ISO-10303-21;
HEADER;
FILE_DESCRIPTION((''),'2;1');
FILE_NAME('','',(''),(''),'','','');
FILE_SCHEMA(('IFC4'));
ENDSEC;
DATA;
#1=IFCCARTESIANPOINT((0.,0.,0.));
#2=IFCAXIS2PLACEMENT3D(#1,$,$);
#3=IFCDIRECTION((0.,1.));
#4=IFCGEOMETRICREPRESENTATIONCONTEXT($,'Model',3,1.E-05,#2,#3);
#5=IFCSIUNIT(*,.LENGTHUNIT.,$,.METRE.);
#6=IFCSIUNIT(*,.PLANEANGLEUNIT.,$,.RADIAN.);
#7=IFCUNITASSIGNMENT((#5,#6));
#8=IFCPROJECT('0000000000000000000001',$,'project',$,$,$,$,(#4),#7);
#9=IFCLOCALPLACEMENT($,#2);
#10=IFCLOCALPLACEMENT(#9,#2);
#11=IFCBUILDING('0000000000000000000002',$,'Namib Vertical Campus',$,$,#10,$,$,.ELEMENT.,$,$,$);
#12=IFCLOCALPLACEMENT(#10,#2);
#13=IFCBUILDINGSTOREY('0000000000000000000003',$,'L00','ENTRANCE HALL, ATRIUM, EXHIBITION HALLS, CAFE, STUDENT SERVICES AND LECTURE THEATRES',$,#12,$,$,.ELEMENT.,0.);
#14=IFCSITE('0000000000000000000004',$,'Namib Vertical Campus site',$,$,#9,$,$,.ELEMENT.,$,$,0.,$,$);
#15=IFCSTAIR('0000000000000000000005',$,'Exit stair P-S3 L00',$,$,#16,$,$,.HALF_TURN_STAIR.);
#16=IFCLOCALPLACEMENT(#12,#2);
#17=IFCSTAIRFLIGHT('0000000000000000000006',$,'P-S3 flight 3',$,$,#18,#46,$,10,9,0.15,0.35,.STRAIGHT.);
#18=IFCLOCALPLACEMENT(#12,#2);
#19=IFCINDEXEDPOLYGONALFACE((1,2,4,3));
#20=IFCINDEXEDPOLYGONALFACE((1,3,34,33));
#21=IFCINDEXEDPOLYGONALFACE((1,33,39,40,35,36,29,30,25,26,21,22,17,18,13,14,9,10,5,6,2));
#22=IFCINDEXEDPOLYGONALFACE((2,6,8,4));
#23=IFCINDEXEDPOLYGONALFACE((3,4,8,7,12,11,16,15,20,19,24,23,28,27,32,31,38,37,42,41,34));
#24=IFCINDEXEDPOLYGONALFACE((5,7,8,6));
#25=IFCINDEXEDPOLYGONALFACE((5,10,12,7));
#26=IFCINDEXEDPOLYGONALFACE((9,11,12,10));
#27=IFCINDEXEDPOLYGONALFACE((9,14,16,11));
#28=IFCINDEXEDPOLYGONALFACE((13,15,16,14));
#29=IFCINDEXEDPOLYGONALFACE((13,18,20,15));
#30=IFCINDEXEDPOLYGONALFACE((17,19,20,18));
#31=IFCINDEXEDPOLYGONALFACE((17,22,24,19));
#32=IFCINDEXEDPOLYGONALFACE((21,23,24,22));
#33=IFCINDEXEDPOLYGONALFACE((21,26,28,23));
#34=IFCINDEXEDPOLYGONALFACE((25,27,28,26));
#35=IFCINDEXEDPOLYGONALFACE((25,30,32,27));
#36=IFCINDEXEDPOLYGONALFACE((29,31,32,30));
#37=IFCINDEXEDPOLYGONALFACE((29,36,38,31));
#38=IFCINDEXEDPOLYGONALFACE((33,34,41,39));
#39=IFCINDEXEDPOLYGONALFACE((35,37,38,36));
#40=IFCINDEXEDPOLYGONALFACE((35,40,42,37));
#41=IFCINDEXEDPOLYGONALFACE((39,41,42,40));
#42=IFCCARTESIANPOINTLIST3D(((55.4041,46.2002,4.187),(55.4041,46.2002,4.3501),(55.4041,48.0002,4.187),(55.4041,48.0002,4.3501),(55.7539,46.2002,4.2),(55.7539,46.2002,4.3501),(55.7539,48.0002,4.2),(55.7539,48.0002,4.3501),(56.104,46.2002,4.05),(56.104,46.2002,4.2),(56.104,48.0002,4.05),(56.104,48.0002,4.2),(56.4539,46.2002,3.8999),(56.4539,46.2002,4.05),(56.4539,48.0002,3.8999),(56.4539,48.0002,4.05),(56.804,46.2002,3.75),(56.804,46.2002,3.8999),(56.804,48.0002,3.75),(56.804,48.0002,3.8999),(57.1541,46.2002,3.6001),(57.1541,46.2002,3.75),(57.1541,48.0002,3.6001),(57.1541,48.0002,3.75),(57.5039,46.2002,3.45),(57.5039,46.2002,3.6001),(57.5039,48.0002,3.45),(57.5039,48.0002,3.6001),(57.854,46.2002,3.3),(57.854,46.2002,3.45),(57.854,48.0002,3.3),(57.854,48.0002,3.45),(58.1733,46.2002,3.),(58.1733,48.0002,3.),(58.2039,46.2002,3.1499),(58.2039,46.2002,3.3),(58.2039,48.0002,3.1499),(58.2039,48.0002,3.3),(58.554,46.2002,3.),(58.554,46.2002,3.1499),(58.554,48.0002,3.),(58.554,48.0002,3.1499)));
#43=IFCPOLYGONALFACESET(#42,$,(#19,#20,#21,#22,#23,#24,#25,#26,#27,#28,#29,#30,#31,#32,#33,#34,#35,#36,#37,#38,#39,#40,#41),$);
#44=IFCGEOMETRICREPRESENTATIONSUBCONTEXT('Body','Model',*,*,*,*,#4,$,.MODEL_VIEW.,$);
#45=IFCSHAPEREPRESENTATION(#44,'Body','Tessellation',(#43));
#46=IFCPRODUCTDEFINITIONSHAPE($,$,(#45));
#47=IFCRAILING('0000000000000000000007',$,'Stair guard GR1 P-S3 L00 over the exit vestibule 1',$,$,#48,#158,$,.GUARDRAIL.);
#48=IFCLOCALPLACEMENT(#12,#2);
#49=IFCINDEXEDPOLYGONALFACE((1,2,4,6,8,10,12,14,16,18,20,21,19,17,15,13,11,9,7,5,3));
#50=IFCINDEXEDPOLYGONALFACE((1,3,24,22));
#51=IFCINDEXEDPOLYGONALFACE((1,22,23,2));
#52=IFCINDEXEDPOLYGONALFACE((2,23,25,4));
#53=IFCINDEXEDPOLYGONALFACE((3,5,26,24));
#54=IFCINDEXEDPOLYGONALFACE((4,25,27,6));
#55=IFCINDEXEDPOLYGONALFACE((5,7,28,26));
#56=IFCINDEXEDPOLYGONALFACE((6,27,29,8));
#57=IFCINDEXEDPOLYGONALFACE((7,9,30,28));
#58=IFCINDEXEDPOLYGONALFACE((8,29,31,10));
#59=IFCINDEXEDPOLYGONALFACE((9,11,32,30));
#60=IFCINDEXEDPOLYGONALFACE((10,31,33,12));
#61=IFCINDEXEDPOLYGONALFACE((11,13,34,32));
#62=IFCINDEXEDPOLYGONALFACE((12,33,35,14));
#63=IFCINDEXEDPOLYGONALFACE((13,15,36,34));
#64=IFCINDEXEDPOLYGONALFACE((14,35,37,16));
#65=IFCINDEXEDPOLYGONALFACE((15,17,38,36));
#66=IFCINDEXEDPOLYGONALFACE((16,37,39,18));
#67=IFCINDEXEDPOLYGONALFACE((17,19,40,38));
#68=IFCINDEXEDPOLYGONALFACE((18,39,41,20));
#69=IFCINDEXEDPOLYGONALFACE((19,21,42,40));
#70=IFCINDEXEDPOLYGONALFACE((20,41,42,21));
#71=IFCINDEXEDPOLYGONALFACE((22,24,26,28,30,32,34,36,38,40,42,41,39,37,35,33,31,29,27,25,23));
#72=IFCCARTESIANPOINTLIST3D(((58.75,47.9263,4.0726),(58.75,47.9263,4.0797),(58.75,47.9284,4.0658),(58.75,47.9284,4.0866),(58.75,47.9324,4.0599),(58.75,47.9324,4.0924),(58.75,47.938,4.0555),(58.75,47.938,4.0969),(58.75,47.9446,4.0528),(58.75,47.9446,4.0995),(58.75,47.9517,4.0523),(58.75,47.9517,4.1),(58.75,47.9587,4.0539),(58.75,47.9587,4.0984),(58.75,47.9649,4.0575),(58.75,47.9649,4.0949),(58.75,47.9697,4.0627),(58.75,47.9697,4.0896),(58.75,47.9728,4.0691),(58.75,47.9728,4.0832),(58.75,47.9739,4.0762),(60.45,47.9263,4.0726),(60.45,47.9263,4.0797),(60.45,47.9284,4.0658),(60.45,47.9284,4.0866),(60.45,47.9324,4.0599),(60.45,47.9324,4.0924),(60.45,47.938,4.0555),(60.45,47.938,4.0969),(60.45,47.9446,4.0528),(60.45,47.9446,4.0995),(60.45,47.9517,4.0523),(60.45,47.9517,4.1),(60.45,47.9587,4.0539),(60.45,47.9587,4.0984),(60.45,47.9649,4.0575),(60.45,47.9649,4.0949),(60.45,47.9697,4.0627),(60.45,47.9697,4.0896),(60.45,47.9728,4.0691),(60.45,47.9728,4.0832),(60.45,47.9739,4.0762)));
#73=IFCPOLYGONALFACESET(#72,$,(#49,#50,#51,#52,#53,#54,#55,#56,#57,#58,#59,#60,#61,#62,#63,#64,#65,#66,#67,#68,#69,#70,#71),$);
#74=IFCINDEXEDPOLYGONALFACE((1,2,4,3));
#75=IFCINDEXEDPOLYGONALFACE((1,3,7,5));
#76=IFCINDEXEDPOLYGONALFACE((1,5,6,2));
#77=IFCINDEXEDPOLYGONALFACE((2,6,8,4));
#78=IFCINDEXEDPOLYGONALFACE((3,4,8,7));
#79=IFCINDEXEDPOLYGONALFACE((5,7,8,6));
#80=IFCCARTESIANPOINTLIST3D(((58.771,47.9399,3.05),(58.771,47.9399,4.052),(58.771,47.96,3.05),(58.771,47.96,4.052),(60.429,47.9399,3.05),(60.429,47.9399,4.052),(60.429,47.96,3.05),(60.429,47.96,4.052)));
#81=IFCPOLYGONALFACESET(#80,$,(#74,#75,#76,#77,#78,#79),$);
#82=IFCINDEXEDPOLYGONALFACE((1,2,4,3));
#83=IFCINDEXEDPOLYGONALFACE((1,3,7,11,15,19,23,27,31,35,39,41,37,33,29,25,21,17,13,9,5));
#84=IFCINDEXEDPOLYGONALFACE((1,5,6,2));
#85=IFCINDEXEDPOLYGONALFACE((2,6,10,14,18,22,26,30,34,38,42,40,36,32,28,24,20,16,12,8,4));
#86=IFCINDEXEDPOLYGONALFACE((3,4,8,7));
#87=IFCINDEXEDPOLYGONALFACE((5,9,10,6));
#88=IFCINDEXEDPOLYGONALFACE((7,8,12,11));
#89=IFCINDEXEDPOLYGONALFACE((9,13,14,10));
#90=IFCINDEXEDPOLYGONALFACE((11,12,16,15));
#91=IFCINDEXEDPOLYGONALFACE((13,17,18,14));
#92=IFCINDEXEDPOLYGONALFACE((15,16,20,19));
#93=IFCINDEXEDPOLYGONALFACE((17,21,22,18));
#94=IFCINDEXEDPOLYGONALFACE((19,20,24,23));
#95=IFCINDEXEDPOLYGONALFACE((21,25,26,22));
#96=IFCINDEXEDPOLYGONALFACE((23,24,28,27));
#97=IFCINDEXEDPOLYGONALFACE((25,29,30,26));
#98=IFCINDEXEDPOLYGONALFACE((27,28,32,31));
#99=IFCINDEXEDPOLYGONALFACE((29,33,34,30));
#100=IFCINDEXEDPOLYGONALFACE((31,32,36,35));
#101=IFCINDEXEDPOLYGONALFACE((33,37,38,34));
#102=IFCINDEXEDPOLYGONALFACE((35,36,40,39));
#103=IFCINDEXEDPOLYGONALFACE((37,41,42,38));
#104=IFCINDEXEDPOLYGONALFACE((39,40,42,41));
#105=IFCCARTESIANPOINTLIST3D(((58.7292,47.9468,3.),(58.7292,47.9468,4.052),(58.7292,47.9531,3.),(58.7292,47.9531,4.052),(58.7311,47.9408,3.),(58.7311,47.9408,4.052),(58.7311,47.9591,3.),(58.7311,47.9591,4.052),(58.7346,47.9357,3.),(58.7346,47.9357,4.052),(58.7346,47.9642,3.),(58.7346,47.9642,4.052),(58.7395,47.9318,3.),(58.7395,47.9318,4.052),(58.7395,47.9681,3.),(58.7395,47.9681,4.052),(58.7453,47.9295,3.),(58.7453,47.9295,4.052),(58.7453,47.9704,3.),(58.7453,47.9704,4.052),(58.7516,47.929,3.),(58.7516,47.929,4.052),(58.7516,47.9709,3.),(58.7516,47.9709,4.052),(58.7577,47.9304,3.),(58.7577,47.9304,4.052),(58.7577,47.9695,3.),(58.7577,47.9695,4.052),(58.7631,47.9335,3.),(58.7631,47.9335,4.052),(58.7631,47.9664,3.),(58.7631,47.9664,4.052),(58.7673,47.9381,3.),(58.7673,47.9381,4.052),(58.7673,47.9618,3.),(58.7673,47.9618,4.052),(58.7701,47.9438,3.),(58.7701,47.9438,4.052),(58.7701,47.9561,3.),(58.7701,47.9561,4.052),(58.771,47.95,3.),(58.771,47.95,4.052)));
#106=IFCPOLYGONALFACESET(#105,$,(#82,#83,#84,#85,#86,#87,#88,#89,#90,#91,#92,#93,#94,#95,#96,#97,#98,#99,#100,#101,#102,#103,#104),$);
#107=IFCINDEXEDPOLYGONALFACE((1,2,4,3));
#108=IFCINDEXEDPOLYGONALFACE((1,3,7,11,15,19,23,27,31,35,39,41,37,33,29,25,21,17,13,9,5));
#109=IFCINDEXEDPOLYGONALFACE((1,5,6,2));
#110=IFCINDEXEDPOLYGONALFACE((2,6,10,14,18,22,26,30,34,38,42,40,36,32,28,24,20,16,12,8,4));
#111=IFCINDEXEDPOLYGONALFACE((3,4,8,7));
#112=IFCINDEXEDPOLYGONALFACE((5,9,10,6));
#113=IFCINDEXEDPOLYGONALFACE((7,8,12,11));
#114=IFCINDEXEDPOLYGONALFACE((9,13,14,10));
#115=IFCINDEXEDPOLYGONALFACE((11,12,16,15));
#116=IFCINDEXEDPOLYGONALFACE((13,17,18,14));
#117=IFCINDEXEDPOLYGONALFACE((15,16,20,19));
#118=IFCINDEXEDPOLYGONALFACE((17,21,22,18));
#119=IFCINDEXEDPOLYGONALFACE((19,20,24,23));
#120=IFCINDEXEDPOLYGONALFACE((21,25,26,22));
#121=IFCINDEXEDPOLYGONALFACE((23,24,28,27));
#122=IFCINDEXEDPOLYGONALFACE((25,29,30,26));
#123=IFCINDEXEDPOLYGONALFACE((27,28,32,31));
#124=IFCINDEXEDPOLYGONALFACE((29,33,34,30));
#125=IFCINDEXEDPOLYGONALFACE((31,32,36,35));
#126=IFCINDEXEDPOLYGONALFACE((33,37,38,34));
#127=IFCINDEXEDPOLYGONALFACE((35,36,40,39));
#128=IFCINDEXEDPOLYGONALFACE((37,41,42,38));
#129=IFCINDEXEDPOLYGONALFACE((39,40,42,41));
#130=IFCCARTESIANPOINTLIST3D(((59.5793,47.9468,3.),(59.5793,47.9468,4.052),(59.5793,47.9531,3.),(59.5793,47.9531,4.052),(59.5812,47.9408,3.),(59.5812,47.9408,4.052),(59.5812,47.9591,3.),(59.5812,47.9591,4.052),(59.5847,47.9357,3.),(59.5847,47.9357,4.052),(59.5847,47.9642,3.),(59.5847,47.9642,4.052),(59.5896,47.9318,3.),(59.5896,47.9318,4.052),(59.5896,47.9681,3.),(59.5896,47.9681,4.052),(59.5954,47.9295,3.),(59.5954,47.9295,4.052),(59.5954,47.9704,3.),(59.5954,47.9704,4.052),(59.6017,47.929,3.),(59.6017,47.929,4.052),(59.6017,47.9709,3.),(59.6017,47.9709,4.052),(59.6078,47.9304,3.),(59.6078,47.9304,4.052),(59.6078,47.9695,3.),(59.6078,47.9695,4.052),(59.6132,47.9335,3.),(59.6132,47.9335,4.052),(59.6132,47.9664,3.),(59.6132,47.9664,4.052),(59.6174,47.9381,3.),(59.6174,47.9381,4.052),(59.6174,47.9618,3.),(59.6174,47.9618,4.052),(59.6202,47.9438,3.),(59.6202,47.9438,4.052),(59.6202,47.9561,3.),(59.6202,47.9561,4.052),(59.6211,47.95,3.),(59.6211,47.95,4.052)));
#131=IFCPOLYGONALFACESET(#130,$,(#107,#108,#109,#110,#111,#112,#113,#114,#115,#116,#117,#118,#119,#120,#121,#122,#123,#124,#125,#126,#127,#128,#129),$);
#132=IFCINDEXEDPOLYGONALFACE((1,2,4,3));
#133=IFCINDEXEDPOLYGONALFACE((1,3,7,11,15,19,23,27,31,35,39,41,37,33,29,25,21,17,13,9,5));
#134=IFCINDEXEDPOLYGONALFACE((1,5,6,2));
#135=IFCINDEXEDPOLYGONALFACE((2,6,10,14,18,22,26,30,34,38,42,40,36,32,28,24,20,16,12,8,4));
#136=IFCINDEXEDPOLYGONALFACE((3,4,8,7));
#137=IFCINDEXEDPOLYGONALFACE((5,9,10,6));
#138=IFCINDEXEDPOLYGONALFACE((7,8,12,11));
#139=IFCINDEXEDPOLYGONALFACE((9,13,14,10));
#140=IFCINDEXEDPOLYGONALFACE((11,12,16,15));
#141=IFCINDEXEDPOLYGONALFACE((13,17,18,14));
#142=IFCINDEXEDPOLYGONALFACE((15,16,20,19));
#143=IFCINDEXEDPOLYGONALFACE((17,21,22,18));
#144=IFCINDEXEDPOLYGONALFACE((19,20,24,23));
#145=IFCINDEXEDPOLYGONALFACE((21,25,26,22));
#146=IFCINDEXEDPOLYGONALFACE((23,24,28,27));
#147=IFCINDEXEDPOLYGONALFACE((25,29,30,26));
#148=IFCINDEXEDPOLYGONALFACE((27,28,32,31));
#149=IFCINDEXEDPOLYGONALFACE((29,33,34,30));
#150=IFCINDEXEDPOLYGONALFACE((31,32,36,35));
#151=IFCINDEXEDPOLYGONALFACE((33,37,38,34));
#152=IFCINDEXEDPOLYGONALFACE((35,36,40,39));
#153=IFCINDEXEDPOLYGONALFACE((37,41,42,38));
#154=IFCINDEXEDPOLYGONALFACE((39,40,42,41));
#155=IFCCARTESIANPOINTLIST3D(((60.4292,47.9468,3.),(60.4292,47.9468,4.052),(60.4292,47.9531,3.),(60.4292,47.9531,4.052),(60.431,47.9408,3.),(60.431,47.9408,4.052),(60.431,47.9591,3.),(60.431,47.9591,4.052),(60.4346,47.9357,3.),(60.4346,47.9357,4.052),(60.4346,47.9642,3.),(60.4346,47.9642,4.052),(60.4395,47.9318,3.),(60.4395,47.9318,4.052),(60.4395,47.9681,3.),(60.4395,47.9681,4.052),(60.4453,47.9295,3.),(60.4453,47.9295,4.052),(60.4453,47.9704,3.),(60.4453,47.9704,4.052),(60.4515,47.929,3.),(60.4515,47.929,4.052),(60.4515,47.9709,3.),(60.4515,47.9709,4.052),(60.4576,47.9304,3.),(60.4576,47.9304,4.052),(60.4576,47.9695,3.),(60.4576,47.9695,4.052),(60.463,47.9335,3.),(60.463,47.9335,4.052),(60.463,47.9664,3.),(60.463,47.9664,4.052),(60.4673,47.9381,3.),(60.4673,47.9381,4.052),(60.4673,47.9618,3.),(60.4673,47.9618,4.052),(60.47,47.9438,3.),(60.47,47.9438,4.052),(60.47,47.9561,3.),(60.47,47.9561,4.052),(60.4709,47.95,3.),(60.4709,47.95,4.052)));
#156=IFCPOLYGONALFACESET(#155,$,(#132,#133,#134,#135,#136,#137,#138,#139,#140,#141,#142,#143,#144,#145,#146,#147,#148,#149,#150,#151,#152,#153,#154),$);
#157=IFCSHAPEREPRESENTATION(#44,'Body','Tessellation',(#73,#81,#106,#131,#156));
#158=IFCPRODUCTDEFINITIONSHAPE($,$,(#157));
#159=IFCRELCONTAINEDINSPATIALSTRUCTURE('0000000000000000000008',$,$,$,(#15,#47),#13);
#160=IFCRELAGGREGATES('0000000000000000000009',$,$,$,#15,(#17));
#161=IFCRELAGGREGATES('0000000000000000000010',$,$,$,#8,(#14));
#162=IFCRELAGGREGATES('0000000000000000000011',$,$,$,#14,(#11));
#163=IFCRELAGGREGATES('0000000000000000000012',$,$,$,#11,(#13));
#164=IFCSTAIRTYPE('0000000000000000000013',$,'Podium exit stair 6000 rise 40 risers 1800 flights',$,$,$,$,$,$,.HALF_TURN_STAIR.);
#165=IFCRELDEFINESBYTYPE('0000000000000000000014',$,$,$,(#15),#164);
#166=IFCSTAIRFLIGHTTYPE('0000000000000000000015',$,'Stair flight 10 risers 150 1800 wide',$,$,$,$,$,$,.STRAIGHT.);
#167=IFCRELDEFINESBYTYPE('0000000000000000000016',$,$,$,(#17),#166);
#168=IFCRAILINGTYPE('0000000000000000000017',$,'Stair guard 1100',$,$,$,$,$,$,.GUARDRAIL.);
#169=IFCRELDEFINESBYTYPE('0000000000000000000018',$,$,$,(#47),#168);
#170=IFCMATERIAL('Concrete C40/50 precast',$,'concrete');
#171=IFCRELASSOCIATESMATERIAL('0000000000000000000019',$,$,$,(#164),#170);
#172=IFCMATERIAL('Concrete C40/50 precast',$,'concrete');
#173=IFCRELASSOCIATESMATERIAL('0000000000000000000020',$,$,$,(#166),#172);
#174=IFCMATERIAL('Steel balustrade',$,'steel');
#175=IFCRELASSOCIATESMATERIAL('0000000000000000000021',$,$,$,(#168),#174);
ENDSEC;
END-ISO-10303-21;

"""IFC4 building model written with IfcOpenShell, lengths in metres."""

from ifc_helpers import new_model, si_unit, direction, frame, origin, origin_2d, place, context, subcontext, project, spatial, polyline, circle, outline, extrude, material, type_object, element, aggregate, save


model = new_model("IFC4")

# Units and contexts
model_context = context("Model", 3, precision=1e-05, world=origin(), true_north=direction((0.0, 1.0)))
body_context = subcontext(model_context, "Body", "Model", "MODEL_VIEW")
ifc_project = project(units=[si_unit("LENGTHUNIT", "METRE"), si_unit("PLANEANGLEUNIT", "RADIAN")], contexts=[model_context])

# Site, building, storey
site_placement = place(None, origin())
site = spatial("IfcSite", under=ifc_project, at=site_placement, Name="Namib Vertical Campus site", CompositionType="ELEMENT", RefElevation=0.0)
building_placement = place(site_placement, origin())
building = spatial("IfcBuilding", under=site, at=building_placement, Name="Namib Vertical Campus", CompositionType="ELEMENT")
storey_placement = place(building_placement, origin())
storey = spatial("IfcBuildingStorey", under=building, at=storey_placement, Name="L00", Description="ENTRANCE HALL, ATRIUM, EXHIBITION HALLS, CAFE, STUDENT SERVICES AND LECTURE THEATRES", CompositionType="ELEMENT", Elevation=0.0)

# Stair, stair flight
ifc_material_1 = material(Name="Concrete C40/50 precast", Category="concrete")
stair_type = type_object("IfcStairType", Name="Podium exit stair 6000 rise 40 risers 1800 flights", PredefinedType="HALF_TURN_STAIR", material=ifc_material_1)
stair_placement = place(storey_placement, origin())
stair = element("IfcStair", 1, at=stair_placement, inside=storey, type_object=stair_type, Name="Exit stair P-S3 L00", PredefinedType="HALF_TURN_STAIR")
ifc_material_2 = material(Name="Concrete C40/50 precast", Category="concrete")
stair_flight_type = type_object("IfcStairFlightType", Name="Stair flight 10 risers 150 1800 wide", PredefinedType="STRAIGHT", material=ifc_material_2)
stair_flight_1_placement = place(storey_placement, frame((58.554, 47.1001, 3.0), z_axis=(0.0, 0.0, 1.0), x_axis=(-1.0, 0.0, 0.0)))
stair_flight_1 = element("IfcStairFlight", 2, at=stair_flight_1_placement, type_object=stair_flight_type, Name="P-S3 flight 3", NumberOfRisers=10, NumberOfTreads=9, PredefinedType="STRAIGHT", RiserHeight=0.15, TreadLength=0.35, context=body_context, shape_type="SweptSolid", body=[
    extrude(outline(polyline([(0.0, 0.0), (0.0, 0.1499), (0.3501, 0.1499), (0.3501, 0.3), (0.7, 0.3), (0.7, 0.45), (1.05, 0.45), (1.05, 0.6001), (1.3999, 0.6001), (1.3999, 0.75), (1.75, 0.75), (1.75, 0.8999), (2.1001, 0.8999), (2.1001, 1.05), (2.45, 1.05), (2.45, 1.2), (2.8, 1.2), (2.8, 1.3501), (3.1499, 1.3501), (3.1499, 1.5), (3.1499, 1.187), (0.3806, 0.0), (0.0, 0.0)])), frame((0.0, 0.8999, 0.0), z_axis=(0.0, -1.0, 0.0), x_axis=(1.0, 0.0, 0.0)), (0.0, 0.0, 1.0), 1.8),
])
aggregate(stair, [stair_flight_1])

# Railing
ifc_material_3 = material(Name="Steel balustrade", Category="steel")
railing_type_1 = type_object("IfcRailingType", Name="Stair guard 1100", PredefinedType="GUARDRAIL", material=ifc_material_3)
railing_1_placement = place(storey_placement, frame((58.75, 47.95, 3.0)))
element("IfcRailing", 3, at=railing_1_placement, inside=storey, type_object=railing_type_1, Name="Stair guard GR1 P-S3 L00 over the exit vestibule 1", PredefinedType="GUARDRAIL", context=body_context, shape_type="SweptSolid", body=[
    extrude(circle(Radius=0.0239, at=origin_2d()), frame((0.0, 0.0, 1.0762), z_axis=(1.0, 0.0, 0.0), x_axis=(0.0, 1.0, 0.0)), (0.0, 0.0, 1.0), 1.7),
    extrude(outline(polyline([(0.021, 0.05), (1.679, 0.05), (1.679, 1.052), (0.021, 1.052), (0.021, 0.05)])), frame((0.0, 0.01, 0.0), z_axis=(0.0, -1.0, 0.0), x_axis=(1.0, 0.0, 0.0)), (0.0, 0.0, 1.0), 0.02),
    extrude(circle(Radius=0.021, at=origin_2d()), origin(), (0.0, 0.0, 1.0), 1.052),
    extrude(circle(Radius=0.021, at=origin_2d()), frame((0.8501, 0.0, 0.0)), (0.0, 0.0, 1.0), 1.052),
    extrude(circle(Radius=0.021, at=origin_2d()), frame((1.7, 0.0, 0.0)), (0.0, 0.0, 1.0), 1.052),
])

save(model, "model.ifc")
